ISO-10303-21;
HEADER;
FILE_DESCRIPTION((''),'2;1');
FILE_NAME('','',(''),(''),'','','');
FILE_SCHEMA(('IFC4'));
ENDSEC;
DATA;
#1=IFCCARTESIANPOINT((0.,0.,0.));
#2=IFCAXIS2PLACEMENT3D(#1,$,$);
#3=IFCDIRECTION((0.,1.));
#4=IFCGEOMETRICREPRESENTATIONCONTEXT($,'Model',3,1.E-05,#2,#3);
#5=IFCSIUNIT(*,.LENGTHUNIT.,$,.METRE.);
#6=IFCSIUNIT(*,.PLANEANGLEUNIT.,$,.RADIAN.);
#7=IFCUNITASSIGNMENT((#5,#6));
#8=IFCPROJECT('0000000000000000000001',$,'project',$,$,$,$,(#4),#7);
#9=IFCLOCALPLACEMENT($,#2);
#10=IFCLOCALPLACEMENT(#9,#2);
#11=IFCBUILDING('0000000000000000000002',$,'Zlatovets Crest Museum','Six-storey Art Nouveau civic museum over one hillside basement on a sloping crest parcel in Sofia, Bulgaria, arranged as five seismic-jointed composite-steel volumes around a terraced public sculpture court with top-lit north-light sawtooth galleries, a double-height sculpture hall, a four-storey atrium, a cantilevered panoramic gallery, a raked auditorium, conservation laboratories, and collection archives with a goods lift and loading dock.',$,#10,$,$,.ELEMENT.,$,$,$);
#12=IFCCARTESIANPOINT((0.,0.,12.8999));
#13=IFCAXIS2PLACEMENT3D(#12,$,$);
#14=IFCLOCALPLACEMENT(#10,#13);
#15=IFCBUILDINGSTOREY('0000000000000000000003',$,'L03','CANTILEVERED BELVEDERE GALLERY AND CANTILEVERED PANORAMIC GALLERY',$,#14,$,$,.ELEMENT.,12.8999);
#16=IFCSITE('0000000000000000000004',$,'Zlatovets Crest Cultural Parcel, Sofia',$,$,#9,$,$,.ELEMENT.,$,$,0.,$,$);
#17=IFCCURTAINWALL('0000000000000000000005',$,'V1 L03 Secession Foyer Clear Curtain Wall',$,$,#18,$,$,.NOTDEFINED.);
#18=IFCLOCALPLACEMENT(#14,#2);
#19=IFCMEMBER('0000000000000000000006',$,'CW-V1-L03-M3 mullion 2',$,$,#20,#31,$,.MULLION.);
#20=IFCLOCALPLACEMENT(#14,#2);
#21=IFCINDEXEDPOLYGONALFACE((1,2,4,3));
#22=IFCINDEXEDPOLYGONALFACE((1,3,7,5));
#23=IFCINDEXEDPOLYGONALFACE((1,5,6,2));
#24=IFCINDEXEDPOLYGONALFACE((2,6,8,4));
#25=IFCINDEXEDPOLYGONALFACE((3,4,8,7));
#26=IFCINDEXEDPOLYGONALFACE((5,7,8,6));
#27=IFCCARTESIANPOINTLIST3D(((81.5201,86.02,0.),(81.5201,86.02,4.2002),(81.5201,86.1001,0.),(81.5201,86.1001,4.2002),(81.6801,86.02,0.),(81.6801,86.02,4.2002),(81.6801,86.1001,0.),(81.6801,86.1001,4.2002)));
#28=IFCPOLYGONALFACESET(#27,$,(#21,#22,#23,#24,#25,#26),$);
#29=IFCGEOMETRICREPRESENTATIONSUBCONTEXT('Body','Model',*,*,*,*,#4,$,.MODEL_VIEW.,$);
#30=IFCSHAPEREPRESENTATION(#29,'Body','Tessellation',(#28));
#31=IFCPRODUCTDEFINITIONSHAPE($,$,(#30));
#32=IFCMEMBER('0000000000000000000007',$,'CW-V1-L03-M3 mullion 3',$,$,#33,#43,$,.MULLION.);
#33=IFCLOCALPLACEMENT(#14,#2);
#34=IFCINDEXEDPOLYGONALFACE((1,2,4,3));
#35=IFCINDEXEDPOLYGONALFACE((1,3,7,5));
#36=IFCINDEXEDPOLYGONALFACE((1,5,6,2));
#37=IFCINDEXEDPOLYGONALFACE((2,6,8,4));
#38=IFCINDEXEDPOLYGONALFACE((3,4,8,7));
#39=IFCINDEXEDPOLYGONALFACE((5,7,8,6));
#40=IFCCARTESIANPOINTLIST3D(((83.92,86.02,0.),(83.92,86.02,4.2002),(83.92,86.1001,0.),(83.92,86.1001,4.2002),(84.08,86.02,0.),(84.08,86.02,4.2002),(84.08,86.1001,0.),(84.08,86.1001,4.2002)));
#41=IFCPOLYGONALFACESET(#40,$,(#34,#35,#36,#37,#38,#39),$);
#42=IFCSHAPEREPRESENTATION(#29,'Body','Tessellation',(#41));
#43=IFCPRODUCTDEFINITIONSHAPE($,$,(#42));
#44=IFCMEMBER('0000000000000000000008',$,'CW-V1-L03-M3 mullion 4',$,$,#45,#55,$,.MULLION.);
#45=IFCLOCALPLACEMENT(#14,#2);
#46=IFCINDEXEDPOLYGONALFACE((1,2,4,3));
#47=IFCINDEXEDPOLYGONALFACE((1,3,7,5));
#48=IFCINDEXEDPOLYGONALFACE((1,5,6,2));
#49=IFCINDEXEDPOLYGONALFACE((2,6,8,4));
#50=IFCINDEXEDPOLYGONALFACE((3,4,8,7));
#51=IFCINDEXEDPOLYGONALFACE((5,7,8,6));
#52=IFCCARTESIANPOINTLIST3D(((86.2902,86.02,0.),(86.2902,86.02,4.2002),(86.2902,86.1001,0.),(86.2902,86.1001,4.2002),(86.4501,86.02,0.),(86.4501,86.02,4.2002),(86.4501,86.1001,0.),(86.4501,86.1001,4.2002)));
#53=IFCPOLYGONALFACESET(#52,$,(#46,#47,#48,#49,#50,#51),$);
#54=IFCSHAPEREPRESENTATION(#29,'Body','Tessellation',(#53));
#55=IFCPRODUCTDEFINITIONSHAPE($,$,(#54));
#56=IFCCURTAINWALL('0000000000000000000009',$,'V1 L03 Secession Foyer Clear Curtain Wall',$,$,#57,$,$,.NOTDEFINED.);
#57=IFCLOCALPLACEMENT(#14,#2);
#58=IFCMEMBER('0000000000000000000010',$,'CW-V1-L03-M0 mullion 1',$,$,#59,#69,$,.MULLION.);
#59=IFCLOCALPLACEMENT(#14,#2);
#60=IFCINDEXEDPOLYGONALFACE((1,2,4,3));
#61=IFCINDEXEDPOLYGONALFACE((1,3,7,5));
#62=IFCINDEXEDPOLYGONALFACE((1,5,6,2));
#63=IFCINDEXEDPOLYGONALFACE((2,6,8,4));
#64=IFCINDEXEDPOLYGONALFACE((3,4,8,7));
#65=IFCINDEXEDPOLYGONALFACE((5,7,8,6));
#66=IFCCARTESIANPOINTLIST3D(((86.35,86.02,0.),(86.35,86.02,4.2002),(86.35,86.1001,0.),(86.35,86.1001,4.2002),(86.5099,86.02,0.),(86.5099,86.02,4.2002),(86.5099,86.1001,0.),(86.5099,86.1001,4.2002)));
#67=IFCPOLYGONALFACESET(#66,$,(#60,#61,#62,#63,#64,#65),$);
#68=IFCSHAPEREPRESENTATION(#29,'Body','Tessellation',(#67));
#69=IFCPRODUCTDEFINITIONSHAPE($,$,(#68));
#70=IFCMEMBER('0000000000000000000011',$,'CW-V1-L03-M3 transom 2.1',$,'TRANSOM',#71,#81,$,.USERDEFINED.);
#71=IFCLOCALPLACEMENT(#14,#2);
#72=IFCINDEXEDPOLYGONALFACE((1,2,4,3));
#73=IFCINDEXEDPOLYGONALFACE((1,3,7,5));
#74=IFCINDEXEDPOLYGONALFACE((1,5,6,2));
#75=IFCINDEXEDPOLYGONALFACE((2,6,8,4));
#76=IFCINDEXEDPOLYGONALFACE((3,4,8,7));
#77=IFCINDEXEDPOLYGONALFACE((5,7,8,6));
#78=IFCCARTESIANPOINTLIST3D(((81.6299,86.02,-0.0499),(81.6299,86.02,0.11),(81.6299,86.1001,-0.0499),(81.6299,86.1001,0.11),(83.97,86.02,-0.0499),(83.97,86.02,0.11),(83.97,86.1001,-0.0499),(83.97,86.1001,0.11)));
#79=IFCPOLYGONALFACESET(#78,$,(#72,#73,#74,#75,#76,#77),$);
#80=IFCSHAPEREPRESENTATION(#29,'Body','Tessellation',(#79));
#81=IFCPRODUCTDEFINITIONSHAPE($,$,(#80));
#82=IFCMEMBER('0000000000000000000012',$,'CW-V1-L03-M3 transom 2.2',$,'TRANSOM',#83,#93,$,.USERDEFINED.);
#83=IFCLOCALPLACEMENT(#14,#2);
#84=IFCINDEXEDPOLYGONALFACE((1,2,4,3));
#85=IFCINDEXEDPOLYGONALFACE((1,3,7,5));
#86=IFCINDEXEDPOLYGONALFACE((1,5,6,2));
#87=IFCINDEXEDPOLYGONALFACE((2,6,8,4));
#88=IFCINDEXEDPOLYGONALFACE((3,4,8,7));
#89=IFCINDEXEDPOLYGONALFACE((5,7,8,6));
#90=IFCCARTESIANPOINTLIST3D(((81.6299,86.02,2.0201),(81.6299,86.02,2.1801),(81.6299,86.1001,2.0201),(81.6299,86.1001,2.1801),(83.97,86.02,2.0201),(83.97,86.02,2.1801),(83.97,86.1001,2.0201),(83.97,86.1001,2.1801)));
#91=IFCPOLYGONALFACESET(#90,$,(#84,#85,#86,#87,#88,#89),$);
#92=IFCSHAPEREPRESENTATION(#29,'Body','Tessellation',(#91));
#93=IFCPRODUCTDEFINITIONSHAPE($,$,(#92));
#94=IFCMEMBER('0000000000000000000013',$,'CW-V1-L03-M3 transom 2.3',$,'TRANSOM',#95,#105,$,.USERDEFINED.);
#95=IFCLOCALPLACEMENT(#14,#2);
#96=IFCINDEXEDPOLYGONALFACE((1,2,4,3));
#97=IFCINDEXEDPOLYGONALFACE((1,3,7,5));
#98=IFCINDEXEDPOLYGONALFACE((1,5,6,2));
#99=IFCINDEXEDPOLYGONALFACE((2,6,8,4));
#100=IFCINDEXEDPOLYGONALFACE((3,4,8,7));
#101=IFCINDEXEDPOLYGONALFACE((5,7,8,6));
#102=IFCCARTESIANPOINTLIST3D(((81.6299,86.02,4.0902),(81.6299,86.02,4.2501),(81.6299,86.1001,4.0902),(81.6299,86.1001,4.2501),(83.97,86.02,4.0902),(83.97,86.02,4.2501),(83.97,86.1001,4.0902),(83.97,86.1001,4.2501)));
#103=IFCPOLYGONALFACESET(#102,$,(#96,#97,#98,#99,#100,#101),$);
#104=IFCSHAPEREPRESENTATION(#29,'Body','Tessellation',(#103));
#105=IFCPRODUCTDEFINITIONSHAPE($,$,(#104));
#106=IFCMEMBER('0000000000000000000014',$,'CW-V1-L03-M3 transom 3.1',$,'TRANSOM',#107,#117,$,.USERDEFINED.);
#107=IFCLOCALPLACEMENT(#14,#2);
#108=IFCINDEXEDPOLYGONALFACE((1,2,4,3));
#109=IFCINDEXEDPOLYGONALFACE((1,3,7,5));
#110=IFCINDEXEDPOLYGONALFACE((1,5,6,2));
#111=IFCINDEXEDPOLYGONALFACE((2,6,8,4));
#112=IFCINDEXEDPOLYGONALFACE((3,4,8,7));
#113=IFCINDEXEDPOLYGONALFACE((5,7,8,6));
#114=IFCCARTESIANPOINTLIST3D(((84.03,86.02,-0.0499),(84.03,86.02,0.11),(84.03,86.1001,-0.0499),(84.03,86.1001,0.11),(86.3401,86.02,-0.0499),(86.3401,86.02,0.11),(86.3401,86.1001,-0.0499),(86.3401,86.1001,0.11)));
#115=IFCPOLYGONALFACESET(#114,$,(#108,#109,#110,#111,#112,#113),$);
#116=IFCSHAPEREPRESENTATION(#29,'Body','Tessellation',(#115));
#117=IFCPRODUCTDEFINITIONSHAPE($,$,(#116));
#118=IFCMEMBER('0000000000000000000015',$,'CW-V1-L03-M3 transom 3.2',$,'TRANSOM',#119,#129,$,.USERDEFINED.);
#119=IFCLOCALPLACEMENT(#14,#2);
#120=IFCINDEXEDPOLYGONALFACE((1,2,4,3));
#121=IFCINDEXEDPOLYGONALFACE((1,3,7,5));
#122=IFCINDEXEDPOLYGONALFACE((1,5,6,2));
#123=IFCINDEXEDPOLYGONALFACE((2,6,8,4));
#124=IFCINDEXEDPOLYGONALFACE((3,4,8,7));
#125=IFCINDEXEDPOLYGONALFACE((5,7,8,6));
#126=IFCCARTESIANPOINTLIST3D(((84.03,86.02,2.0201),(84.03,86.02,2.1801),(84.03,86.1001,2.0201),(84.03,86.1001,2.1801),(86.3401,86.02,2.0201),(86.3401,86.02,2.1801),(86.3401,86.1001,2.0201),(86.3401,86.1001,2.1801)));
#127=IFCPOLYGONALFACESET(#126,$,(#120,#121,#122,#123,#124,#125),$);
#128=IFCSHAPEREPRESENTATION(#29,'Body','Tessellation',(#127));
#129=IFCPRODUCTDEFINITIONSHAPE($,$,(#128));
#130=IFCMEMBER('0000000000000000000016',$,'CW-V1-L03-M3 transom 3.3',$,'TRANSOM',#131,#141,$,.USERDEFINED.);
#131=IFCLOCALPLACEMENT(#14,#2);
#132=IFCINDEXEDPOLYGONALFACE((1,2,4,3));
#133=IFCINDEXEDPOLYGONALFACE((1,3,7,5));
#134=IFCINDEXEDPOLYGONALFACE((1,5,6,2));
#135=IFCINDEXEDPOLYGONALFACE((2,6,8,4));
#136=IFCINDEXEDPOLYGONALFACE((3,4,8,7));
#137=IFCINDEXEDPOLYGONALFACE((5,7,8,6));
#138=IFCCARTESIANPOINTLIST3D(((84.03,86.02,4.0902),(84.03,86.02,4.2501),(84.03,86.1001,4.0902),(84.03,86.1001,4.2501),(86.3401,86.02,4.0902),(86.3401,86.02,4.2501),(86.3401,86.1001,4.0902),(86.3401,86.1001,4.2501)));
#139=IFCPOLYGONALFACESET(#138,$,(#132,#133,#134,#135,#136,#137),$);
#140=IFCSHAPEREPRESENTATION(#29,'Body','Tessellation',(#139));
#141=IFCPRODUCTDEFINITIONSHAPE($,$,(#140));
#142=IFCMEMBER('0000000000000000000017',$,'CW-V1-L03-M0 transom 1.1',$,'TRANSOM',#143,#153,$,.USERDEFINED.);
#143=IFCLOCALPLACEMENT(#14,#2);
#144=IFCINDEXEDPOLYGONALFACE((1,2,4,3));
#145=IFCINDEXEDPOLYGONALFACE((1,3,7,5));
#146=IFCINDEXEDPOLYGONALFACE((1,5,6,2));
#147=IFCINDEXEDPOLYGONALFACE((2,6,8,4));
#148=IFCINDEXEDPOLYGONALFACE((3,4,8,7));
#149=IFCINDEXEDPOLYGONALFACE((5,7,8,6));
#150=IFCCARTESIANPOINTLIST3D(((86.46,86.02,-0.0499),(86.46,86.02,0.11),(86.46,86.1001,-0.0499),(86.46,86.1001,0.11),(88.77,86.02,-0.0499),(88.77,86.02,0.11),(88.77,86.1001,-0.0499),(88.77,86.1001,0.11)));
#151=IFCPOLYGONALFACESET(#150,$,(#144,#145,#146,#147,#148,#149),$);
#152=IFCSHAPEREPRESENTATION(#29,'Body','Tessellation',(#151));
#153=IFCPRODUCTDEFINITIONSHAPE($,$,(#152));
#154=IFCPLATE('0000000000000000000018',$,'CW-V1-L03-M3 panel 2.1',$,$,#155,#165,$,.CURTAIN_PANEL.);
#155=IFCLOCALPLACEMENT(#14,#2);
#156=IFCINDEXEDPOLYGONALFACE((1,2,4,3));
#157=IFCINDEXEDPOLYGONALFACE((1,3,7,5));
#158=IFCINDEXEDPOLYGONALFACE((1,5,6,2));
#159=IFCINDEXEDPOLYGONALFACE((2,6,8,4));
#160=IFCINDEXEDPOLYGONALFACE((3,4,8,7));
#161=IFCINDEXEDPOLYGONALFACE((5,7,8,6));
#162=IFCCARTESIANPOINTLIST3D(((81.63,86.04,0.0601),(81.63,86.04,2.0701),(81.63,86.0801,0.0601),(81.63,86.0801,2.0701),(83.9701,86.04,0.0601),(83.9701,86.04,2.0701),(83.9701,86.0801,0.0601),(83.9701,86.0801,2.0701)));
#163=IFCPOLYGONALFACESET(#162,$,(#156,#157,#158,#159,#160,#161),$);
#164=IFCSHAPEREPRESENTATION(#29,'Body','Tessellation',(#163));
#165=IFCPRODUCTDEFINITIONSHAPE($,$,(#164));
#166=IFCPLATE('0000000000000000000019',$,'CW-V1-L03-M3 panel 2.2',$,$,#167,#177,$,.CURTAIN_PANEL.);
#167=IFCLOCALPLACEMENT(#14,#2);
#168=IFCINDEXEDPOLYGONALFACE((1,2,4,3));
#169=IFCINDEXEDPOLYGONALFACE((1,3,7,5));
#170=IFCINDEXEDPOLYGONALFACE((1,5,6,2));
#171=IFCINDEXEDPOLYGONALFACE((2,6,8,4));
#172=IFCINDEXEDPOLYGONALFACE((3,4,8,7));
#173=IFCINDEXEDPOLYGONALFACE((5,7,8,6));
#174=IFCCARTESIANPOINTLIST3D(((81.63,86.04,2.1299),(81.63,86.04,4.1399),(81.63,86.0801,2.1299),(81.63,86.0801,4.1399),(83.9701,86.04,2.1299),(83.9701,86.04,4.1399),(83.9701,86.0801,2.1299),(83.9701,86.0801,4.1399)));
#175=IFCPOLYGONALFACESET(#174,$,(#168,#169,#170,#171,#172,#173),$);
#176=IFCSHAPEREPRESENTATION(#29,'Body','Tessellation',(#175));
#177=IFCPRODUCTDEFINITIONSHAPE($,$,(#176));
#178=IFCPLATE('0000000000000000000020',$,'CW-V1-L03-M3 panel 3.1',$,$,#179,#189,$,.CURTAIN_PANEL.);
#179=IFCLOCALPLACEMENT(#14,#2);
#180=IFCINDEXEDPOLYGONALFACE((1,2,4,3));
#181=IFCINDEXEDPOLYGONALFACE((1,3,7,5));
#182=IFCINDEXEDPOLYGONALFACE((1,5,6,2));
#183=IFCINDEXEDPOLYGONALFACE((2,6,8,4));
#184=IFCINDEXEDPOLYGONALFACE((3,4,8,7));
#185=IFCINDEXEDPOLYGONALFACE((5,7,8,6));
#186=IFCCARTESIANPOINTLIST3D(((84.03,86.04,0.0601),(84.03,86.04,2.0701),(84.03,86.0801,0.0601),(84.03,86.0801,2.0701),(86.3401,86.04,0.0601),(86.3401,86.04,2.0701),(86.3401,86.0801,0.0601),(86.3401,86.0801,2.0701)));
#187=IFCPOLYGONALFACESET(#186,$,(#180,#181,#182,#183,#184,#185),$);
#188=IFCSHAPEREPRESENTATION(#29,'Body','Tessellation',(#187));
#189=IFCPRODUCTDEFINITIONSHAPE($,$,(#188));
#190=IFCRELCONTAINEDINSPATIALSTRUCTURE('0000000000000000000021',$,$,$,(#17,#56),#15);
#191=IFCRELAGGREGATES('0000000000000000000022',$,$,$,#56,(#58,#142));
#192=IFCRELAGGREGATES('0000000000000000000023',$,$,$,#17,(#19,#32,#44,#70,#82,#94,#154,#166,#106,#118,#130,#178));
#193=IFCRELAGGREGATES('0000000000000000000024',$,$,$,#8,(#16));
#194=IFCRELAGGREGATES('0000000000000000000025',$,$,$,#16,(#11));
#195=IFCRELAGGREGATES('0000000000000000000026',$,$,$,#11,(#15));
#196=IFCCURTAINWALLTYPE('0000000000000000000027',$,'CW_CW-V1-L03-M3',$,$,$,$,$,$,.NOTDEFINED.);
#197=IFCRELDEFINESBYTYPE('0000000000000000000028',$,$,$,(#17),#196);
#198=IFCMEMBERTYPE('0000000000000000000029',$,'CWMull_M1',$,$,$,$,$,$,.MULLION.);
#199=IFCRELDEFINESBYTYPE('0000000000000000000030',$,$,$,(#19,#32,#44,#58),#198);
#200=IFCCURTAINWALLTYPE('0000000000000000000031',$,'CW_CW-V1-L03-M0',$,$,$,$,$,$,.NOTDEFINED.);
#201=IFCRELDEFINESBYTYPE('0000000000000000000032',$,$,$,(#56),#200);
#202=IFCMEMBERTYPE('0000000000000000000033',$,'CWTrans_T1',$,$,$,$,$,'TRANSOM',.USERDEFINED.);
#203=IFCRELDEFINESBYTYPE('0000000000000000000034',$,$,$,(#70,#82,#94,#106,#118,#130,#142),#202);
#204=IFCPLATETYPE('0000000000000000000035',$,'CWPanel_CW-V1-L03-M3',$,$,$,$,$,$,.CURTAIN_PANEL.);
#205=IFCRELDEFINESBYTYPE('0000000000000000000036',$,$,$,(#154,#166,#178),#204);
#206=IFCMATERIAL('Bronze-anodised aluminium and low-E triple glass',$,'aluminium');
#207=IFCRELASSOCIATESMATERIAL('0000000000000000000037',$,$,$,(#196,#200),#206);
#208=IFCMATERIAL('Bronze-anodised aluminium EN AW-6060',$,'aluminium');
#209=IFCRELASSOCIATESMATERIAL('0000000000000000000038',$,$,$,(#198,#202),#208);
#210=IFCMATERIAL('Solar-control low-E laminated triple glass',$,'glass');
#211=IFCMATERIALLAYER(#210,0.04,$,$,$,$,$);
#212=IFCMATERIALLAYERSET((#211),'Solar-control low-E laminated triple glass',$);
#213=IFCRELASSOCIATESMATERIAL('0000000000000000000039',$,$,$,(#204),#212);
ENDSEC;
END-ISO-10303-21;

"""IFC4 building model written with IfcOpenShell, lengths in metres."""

from ifc_helpers import new_model, si_unit, direction, frame, origin, origin_2d, place, context, subcontext, project, spatial, rectangle, extrude, material, layer, layer_set, material_profile, profile_set, type_object, element, aggregate, save


model = new_model("IFC4")

# Units and contexts
model_context = context("Model", 3, precision=1e-05, world=origin(), true_north=direction((0.0, 1.0)))
body_context = subcontext(model_context, "Body", "Model", "MODEL_VIEW")
ifc_project = project(units=[si_unit("LENGTHUNIT", "METRE"), si_unit("PLANEANGLEUNIT", "RADIAN")], contexts=[model_context])

# Site, building, storey
site_placement = place(None, origin())
site = spatial("IfcSite", under=ifc_project, at=site_placement, Name="Zlatovets Crest Cultural Parcel, Sofia", CompositionType="ELEMENT", RefElevation=0.0)
building_placement = place(site_placement, origin())
building = spatial("IfcBuilding", under=site, at=building_placement, Name="Zlatovets Crest Museum", Description="Six-storey Art Nouveau civic museum over one hillside basement on a sloping crest parcel in Sofia, Bulgaria, arranged as five seismic-jointed composite-steel volumes around a terraced public sculpture court with top-lit north-light sawtooth galleries, a double-height sculpture hall, a four-storey atrium, a cantilevered panoramic gallery, a raked auditorium, conservation laboratories, and collection archives with a goods lift and loading dock.", CompositionType="ELEMENT")
storey_placement = place(building_placement, frame((0.0, 0.0, 12.8999)))
storey = spatial("IfcBuildingStorey", under=building, at=storey_placement, Name="L03", Description="CANTILEVERED BELVEDERE GALLERY AND CANTILEVERED PANORAMIC GALLERY", CompositionType="ELEMENT", Elevation=12.8999)

# Curtain wall, members
ifc_material_1 = material(Name="Bronze-anodised aluminium and low-E triple glass", Category="aluminium")
curtain_wall_type_1 = type_object("IfcCurtainWallType", Name="CW_CW-V1-L03-M3", PredefinedType="NOTDEFINED", material=ifc_material_1)
curtain_wall_1_placement = place(storey_placement, origin())
curtain_wall_1 = element("IfcCurtainWall", 1, at=curtain_wall_1_placement, inside=storey, type_object=curtain_wall_type_1, Name="V1 L03 Secession Foyer Clear Curtain Wall", PredefinedType="NOTDEFINED")
ifc_material_2 = material(Name="Bronze-anodised aluminium EN AW-6060", Category="aluminium")
ifc_material_profile_1 = material_profile(ifc_material_2, rectangle(XDim=0.0801, YDim=0.1599, at=origin_2d()), Name="ALU 80x160")
ifc_profile_set_1 = profile_set([ifc_material_profile_1], Name="Bronze-anodised aluminium EN AW-6060")
member_type_1 = type_object("IfcMemberType", Name="CWMull_M1", PredefinedType="MULLION", material=ifc_profile_set_1)
member_1_placement = place(storey_placement, frame((81.6001, 86.0601, 0.0), z_axis=(0.0, 0.0, 1.0), x_axis=(0.0, 1.0, 0.0)))
member_1 = element("IfcMember", 2, at=member_1_placement, type_object=member_type_1, Name="CW-V1-L03-M3 mullion 2", PredefinedType="MULLION", context=body_context, shape_type="SweptSolid", body=[
    extrude(rectangle(XDim=0.0801, YDim=0.1599, at=origin_2d()), origin(), (0.0, 0.0, 1.0), 4.2002),
])
member_2_placement = place(storey_placement, frame((84.0, 86.0601, 0.0), z_axis=(0.0, 0.0, 1.0), x_axis=(0.0, 1.0, 0.0)))
member_2 = element("IfcMember", 3, at=member_2_placement, type_object=member_type_1, Name="CW-V1-L03-M3 mullion 3", PredefinedType="MULLION", context=body_context, shape_type="SweptSolid", body=[
    extrude(rectangle(XDim=0.0801, YDim=0.1599, at=origin_2d()), origin(), (0.0, 0.0, 1.0), 4.2002),
])
member_3_placement = place(storey_placement, frame((86.3701, 86.0601, 0.0), z_axis=(0.0, 0.0, 1.0), x_axis=(0.0, 1.0, 0.0)))
member_3 = element("IfcMember", 4, at=member_3_placement, type_object=member_type_1, Name="CW-V1-L03-M3 mullion 4", PredefinedType="MULLION", context=body_context, shape_type="SweptSolid", body=[
    extrude(rectangle(XDim=0.0801, YDim=0.1599, at=origin_2d()), origin(), (0.0, 0.0, 1.0), 4.2002),
])

# Curtain wall, member
curtain_wall_type_2 = type_object("IfcCurtainWallType", Name="CW_CW-V1-L03-M0", PredefinedType="NOTDEFINED", material=ifc_material_1)
curtain_wall_2_placement = place(storey_placement, origin())
curtain_wall_2 = element("IfcCurtainWall", 5, at=curtain_wall_2_placement, inside=storey, type_object=curtain_wall_type_2, Name="V1 L03 Secession Foyer Clear Curtain Wall", PredefinedType="NOTDEFINED")
member_4_placement = place(storey_placement, frame((86.4299, 86.0601, 0.0), z_axis=(0.0, 0.0, 1.0), x_axis=(0.0, 1.0, 0.0)))
member_4 = element("IfcMember", 6, at=member_4_placement, type_object=member_type_1, Name="CW-V1-L03-M0 mullion 1", PredefinedType="MULLION", context=body_context, shape_type="SweptSolid", body=[
    extrude(rectangle(XDim=0.0801, YDim=0.1599, at=origin_2d()), origin(), (0.0, 0.0, 1.0), 4.2002),
])

# Members
ifc_material_profile_2 = material_profile(ifc_material_2, rectangle(XDim=0.0801, YDim=0.1599, at=origin_2d()), Name="ALU 80x160")
ifc_profile_set_2 = profile_set([ifc_material_profile_2], Name="Bronze-anodised aluminium EN AW-6060")
member_type_2 = type_object("IfcMemberType", Name="CWTrans_T1", ElementType="TRANSOM", PredefinedType="USERDEFINED", material=ifc_profile_set_2)
member_5_placement = place(storey_placement, frame((81.6299, 86.0601, 0.03), z_axis=(1.0, 0.0, 0.0), x_axis=(0.0, 1.0, 0.0)))
member_5 = element("IfcMember", 7, at=member_5_placement, type_object=member_type_2, Name="CW-V1-L03-M3 transom 2.1", ObjectType="TRANSOM", PredefinedType="USERDEFINED", context=body_context, shape_type="SweptSolid", body=[
    extrude(rectangle(XDim=0.0801, YDim=0.1599, at=origin_2d()), origin(), (0.0, 0.0, 1.0), 2.3401),
])
member_6_placement = place(storey_placement, frame((81.6299, 86.0601, 2.1001), z_axis=(1.0, 0.0, 0.0), x_axis=(0.0, 1.0, 0.0)))
member_6 = element("IfcMember", 8, at=member_6_placement, type_object=member_type_2, Name="CW-V1-L03-M3 transom 2.2", ObjectType="TRANSOM", PredefinedType="USERDEFINED", context=body_context, shape_type="SweptSolid", body=[
    extrude(rectangle(XDim=0.0801, YDim=0.1599, at=origin_2d()), origin(), (0.0, 0.0, 1.0), 2.3401),
])
member_7_placement = place(storey_placement, frame((81.6299, 86.0601, 4.1702), z_axis=(1.0, 0.0, 0.0), x_axis=(0.0, 1.0, 0.0)))
member_7 = element("IfcMember", 9, at=member_7_placement, type_object=member_type_2, Name="CW-V1-L03-M3 transom 2.3", ObjectType="TRANSOM", PredefinedType="USERDEFINED", context=body_context, shape_type="SweptSolid", body=[
    extrude(rectangle(XDim=0.0801, YDim=0.1599, at=origin_2d()), origin(), (0.0, 0.0, 1.0), 2.3401),
])
member_8_placement = place(storey_placement, frame((84.03, 86.0601, 0.03), z_axis=(1.0, 0.0, 0.0), x_axis=(0.0, 1.0, 0.0)))
member_8 = element("IfcMember", 10, at=member_8_placement, type_object=member_type_2, Name="CW-V1-L03-M3 transom 3.1", ObjectType="TRANSOM", PredefinedType="USERDEFINED", context=body_context, shape_type="SweptSolid", body=[
    extrude(rectangle(XDim=0.0801, YDim=0.1599, at=origin_2d()), origin(), (0.0, 0.0, 1.0), 2.3101),
])
member_9_placement = place(storey_placement, frame((84.03, 86.0601, 2.1001), z_axis=(1.0, 0.0, 0.0), x_axis=(0.0, 1.0, 0.0)))
member_9 = element("IfcMember", 11, at=member_9_placement, type_object=member_type_2, Name="CW-V1-L03-M3 transom 3.2", ObjectType="TRANSOM", PredefinedType="USERDEFINED", context=body_context, shape_type="SweptSolid", body=[
    extrude(rectangle(XDim=0.0801, YDim=0.1599, at=origin_2d()), origin(), (0.0, 0.0, 1.0), 2.3101),
])
member_10_placement = place(storey_placement, frame((84.03, 86.0601, 4.1702), z_axis=(1.0, 0.0, 0.0), x_axis=(0.0, 1.0, 0.0)))
member_10 = element("IfcMember", 12, at=member_10_placement, type_object=member_type_2, Name="CW-V1-L03-M3 transom 3.3", ObjectType="TRANSOM", PredefinedType="USERDEFINED", context=body_context, shape_type="SweptSolid", body=[
    extrude(rectangle(XDim=0.0801, YDim=0.1599, at=origin_2d()), origin(), (0.0, 0.0, 1.0), 2.3101),
])
member_11_placement = place(storey_placement, frame((86.46, 86.0601, 0.03), z_axis=(1.0, 0.0, 0.0), x_axis=(0.0, 1.0, 0.0)))
member_11 = element("IfcMember", 13, at=member_11_placement, type_object=member_type_2, Name="CW-V1-L03-M0 transom 1.1", ObjectType="TRANSOM", PredefinedType="USERDEFINED", context=body_context, shape_type="SweptSolid", body=[
    extrude(rectangle(XDim=0.0801, YDim=0.1599, at=origin_2d()), origin(), (0.0, 0.0, 1.0), 2.3101),
])
aggregate(curtain_wall_2, [member_4, member_11])

# Plates
ifc_material_3 = material(Name="Solar-control low-E laminated triple glass", Category="glass")
ifc_layer = layer(ifc_material_3, 0.04)
ifc_layer_set = layer_set([ifc_layer], Name="Solar-control low-E laminated triple glass")
plate_type = type_object("IfcPlateType", Name="CWPanel_CW-V1-L03-M3", PredefinedType="CURTAIN_PANEL", material=ifc_layer_set)
plate_1_placement = place(storey_placement, frame((82.8, 86.0601, 0.0601), z_axis=(0.0, 0.0, 1.0), x_axis=(1.0, 0.0, 0.0)))
plate_1 = element("IfcPlate", 14, at=plate_1_placement, type_object=plate_type, Name="CW-V1-L03-M3 panel 2.1", PredefinedType="CURTAIN_PANEL", context=body_context, shape_type="SweptSolid", body=[
    extrude(rectangle(XDim=2.3401, YDim=0.04, at=origin_2d()), origin(), (0.0, 0.0, 1.0), 2.01),
])
plate_2_placement = place(storey_placement, frame((82.8, 86.0601, 2.1299), z_axis=(0.0, 0.0, 1.0), x_axis=(1.0, 0.0, 0.0)))
plate_2 = element("IfcPlate", 15, at=plate_2_placement, type_object=plate_type, Name="CW-V1-L03-M3 panel 2.2", PredefinedType="CURTAIN_PANEL", context=body_context, shape_type="SweptSolid", body=[
    extrude(rectangle(XDim=2.3401, YDim=0.04, at=origin_2d()), origin(), (0.0, 0.0, 1.0), 2.01),
])
plate_3_placement = place(storey_placement, frame((85.1851, 86.0601, 0.0601), z_axis=(0.0, 0.0, 1.0), x_axis=(1.0, 0.0, 0.0)))
plate_3 = element("IfcPlate", 16, at=plate_3_placement, type_object=plate_type, Name="CW-V1-L03-M3 panel 3.1", PredefinedType="CURTAIN_PANEL", context=body_context, shape_type="SweptSolid", body=[
    extrude(rectangle(XDim=2.3101, YDim=0.04, at=origin_2d()), origin(), (0.0, 0.0, 1.0), 2.01),
])
aggregate(curtain_wall_1, [member_1, member_2, member_3, member_5, member_6, member_7, plate_1, plate_2, member_8, member_9, member_10, plate_3])

save(model, "model.ifc")
